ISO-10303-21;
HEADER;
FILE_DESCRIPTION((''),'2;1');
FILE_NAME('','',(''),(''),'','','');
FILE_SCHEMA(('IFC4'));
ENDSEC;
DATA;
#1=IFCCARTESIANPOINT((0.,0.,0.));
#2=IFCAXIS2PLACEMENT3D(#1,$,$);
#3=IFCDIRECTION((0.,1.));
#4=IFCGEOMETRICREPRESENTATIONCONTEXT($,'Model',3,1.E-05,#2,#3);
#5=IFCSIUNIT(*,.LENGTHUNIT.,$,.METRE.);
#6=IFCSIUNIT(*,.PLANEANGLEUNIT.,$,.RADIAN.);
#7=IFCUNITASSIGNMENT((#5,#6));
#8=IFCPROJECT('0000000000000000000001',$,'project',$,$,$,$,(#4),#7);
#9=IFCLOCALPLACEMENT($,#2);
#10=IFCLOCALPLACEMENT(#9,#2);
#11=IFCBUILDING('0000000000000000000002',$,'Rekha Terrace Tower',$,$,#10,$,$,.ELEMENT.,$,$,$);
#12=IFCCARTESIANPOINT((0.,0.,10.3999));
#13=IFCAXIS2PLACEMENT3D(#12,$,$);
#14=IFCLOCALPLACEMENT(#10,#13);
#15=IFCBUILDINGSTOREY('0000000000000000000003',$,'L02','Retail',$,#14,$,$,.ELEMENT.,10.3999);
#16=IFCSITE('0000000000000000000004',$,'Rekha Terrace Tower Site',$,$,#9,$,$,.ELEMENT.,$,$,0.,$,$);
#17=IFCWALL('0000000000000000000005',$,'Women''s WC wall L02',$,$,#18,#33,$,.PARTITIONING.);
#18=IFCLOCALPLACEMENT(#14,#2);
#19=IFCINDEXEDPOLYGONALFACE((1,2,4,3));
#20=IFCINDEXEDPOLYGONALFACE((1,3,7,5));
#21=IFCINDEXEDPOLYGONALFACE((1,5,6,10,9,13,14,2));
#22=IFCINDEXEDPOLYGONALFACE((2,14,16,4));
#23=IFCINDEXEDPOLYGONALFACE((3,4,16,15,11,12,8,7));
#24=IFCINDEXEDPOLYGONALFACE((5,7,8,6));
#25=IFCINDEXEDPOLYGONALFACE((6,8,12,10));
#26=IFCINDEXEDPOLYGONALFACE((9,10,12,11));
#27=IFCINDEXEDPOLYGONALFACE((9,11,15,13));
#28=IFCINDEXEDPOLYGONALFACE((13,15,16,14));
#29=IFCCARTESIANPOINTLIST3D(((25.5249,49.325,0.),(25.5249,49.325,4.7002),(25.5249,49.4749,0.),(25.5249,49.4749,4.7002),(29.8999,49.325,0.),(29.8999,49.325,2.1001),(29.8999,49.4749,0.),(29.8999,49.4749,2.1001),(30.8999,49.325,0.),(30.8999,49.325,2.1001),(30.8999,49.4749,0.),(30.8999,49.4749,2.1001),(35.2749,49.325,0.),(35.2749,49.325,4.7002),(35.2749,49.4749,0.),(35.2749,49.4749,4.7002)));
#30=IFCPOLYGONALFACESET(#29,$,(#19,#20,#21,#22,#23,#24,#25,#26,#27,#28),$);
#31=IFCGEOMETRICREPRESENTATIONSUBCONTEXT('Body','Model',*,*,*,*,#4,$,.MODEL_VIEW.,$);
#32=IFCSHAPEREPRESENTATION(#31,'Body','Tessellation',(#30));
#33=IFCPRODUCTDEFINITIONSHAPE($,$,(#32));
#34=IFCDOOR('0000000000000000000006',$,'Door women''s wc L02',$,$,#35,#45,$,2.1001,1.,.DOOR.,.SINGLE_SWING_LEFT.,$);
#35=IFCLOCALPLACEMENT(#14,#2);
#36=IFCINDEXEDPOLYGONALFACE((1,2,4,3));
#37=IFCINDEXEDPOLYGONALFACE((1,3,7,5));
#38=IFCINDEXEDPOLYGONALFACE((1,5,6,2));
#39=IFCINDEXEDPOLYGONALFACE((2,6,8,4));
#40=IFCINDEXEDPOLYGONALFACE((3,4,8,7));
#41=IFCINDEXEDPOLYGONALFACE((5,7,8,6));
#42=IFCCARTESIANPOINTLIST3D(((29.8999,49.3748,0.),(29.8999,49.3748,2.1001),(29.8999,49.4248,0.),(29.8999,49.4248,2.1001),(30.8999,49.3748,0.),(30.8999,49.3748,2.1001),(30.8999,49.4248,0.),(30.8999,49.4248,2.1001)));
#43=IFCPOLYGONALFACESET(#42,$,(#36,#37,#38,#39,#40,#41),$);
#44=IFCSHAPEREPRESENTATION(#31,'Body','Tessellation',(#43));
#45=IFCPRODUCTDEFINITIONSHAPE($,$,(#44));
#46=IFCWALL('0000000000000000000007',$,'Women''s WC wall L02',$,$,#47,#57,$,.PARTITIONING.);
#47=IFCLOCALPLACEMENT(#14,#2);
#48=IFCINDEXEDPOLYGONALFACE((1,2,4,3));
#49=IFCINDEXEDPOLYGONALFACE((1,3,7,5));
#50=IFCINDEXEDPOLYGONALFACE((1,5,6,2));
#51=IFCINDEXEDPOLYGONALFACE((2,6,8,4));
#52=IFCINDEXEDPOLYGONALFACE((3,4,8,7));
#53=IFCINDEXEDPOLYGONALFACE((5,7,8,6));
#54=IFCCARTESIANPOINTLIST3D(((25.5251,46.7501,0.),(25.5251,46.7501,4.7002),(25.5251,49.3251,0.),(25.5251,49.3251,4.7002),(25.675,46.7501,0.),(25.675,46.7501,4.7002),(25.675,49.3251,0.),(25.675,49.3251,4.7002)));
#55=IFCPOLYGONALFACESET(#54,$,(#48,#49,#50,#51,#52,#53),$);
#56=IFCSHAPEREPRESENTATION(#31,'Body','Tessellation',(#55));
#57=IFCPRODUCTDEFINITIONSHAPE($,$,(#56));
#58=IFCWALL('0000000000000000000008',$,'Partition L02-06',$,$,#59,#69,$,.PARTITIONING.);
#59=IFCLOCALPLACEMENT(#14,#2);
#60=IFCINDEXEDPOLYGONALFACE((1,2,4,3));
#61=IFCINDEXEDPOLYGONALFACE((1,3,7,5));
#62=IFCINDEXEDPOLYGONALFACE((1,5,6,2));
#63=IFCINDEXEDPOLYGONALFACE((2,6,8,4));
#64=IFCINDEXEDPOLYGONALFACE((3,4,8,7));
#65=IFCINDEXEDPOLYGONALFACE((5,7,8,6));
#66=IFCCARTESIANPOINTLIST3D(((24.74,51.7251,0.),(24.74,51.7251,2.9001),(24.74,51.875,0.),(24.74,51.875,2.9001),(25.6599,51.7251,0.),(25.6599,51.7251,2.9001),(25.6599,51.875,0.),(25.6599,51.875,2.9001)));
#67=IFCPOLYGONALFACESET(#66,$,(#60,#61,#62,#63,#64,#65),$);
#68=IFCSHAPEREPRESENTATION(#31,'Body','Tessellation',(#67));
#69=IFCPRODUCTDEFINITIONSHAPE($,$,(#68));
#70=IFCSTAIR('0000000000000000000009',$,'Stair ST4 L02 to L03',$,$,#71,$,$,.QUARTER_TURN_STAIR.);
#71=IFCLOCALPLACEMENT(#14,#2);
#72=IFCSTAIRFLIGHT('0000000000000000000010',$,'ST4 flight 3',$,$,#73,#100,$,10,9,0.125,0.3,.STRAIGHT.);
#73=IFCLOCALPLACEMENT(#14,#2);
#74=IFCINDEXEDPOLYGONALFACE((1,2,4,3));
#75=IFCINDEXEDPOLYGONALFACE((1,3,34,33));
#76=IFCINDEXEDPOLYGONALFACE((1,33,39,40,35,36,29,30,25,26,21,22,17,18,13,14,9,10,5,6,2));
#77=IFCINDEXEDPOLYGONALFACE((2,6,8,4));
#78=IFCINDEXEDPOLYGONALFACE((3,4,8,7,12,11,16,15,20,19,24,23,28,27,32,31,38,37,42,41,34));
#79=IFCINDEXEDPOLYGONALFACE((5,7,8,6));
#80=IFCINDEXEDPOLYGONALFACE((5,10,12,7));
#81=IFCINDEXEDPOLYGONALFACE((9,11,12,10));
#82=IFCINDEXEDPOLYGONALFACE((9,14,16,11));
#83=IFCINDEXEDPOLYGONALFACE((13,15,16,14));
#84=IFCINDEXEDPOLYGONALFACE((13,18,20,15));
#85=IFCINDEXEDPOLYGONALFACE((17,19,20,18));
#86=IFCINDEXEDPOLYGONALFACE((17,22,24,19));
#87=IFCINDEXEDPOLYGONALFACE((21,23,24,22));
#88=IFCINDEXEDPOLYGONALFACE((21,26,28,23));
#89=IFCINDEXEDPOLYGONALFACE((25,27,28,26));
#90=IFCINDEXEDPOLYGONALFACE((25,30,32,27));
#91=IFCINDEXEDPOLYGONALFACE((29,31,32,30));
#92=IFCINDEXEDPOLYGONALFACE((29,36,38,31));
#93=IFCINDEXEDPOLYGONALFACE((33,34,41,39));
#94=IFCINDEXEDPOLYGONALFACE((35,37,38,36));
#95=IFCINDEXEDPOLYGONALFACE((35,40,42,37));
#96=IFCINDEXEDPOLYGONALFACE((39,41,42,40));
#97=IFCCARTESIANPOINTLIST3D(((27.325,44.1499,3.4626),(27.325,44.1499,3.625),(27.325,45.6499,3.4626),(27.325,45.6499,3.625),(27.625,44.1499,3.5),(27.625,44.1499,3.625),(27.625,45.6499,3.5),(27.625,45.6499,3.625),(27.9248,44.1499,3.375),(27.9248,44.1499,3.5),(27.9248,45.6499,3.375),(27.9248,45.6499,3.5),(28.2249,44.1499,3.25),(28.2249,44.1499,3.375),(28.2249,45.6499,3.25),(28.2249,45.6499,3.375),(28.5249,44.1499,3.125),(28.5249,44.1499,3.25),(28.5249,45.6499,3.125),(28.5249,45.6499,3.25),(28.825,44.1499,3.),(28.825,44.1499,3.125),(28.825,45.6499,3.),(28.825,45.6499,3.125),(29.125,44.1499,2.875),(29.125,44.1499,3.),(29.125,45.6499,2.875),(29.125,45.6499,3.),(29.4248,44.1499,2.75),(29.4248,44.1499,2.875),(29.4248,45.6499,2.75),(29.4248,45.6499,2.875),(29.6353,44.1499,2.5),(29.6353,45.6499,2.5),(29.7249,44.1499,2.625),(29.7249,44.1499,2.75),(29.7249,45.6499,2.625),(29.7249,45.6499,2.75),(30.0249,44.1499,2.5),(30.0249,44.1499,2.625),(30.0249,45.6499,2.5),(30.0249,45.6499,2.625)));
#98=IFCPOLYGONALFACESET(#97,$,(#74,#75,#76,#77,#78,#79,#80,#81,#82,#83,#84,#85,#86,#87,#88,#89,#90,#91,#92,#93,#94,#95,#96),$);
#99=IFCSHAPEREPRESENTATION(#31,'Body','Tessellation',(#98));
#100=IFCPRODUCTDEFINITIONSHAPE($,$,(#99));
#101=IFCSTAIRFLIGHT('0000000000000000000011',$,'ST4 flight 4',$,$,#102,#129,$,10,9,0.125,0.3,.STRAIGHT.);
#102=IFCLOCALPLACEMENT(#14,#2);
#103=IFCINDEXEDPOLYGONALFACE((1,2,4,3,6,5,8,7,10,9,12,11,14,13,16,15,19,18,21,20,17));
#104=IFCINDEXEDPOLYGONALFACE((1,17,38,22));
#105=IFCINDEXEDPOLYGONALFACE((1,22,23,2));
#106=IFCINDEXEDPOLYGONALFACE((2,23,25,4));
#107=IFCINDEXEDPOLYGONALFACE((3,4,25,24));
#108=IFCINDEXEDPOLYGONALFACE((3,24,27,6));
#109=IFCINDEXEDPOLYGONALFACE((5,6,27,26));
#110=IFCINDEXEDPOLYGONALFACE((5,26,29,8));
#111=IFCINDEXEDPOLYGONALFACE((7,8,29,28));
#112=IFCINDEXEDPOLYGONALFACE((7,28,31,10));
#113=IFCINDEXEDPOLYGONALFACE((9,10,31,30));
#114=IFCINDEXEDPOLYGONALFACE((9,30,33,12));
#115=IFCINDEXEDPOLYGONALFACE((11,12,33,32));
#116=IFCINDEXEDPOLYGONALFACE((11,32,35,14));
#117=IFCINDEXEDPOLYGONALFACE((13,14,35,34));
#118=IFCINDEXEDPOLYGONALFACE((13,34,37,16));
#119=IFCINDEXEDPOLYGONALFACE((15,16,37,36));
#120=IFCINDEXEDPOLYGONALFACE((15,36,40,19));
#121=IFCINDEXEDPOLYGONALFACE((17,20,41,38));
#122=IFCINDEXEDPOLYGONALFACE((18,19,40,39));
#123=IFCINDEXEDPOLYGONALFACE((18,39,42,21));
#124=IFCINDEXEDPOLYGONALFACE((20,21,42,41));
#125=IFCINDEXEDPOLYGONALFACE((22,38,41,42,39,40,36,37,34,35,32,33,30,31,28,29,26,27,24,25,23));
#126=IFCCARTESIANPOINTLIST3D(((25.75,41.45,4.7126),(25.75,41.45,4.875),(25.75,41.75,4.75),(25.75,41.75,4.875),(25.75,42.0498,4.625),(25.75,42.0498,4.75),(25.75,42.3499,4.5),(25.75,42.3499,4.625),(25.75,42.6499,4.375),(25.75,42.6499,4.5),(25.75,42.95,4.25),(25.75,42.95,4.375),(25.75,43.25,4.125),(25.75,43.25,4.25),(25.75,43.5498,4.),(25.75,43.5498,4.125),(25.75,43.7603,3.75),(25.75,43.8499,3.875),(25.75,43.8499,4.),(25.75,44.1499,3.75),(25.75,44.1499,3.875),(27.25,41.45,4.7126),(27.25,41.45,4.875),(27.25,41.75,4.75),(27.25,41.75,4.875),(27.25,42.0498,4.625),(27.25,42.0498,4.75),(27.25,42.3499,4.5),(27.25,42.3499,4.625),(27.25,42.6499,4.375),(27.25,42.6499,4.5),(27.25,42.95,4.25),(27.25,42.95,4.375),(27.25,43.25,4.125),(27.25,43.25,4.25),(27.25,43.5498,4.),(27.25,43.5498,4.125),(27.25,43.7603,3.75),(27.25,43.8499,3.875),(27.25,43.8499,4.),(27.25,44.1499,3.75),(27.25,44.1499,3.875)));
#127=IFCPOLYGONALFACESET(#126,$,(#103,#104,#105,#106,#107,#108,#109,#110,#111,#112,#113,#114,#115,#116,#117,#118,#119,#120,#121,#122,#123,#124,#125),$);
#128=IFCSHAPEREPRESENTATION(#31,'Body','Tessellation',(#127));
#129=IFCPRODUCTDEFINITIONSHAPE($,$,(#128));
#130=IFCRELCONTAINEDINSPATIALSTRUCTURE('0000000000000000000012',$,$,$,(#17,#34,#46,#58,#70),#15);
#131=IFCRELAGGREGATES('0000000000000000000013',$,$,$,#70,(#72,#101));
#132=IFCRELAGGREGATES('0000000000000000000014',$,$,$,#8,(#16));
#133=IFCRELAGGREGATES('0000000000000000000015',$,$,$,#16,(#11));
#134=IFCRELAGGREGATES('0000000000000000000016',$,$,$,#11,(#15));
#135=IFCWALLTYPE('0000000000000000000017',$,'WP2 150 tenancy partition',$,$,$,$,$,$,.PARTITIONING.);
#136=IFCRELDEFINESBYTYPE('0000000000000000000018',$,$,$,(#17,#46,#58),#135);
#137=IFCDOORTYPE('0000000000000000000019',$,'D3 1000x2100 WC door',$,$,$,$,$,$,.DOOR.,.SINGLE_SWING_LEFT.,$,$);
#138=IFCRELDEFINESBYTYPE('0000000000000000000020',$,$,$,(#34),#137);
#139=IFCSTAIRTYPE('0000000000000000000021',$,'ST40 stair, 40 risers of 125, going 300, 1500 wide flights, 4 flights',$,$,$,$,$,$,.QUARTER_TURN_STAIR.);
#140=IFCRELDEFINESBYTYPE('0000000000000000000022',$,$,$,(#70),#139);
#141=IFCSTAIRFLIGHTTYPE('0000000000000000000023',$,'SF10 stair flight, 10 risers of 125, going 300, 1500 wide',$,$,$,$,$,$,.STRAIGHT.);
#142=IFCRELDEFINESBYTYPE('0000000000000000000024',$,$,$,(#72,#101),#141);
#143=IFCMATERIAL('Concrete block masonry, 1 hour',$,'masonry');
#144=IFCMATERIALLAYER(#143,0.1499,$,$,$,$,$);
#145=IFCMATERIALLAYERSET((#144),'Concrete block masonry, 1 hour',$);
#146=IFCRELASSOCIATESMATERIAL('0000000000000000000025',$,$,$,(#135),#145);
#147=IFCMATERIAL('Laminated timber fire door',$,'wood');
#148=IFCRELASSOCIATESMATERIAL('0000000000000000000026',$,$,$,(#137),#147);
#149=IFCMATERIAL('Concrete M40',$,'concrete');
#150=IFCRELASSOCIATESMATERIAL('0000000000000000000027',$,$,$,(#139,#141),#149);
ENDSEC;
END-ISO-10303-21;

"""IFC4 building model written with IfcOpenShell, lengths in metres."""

from ifc_helpers import new_model, si_unit, direction, frame, frame_2d, origin, place, context, subcontext, project, spatial, polyline, rectangle, outline, extrude, material, layer, layer_set, type_object, element, fill, aggregate, save


model = new_model("IFC4")

# Units and contexts
model_context = context("Model", 3, precision=1e-05, world=origin(), true_north=direction((0.0, 1.0)))
body_context = subcontext(model_context, "Body", "Model", "MODEL_VIEW")
ifc_project = project(units=[si_unit("LENGTHUNIT", "METRE"), si_unit("PLANEANGLEUNIT", "RADIAN")], contexts=[model_context])

# Site, building, storey
site_placement = place(None, origin())
site = spatial("IfcSite", under=ifc_project, at=site_placement, Name="Rekha Terrace Tower Site", CompositionType="ELEMENT", RefElevation=0.0)
building_placement = place(site_placement, origin())
building = spatial("IfcBuilding", under=site, at=building_placement, Name="Rekha Terrace Tower", CompositionType="ELEMENT")
storey_placement = place(building_placement, frame((0.0, 0.0, 10.3999)))
storey = spatial("IfcBuildingStorey", under=building, at=storey_placement, Name="L02", Description="Retail", CompositionType="ELEMENT", Elevation=10.3999)

# Wall, opening, door
ifc_material_1 = material(Name="Concrete block masonry, 1 hour", Category="masonry")
ifc_layer_1 = layer(ifc_material_1, 0.1499)
ifc_layer_set_1 = layer_set([ifc_layer_1], Name="Concrete block masonry, 1 hour")
wall_type_1 = type_object("IfcWallType", Name="WP2 150 tenancy partition", PredefinedType="PARTITIONING", material=ifc_layer_set_1)
wall_1_placement = place(storey_placement, frame((25.5249, 49.3999, 0.0), z_axis=(0.0, 0.0, 1.0), x_axis=(1.0, 0.0, 0.0)))
wall_1 = element("IfcWall", 1, at=wall_1_placement, inside=storey, type_object=wall_type_1, Name="Women's WC wall L02", PredefinedType="PARTITIONING", context=body_context, shape_type="SweptSolid", body=[
    extrude(rectangle(XDim=9.75, YDim=0.1499, at=frame_2d((4.875, 0.0))), origin(), (0.0, 0.0, 1.0), 4.7002),
])
opening_1_placement = place(wall_1_placement, frame((4.375, 0.0, 0.0)))
opening_1 = element("IfcOpeningElement", 2, at=opening_1_placement, cuts=wall_1, PredefinedType="OPENING", context=body_context, shape_type="SweptSolid", body=[
    extrude(rectangle(XDim=1.0, YDim=2.1001, at=frame_2d((0.5, 1.05))), frame((0.0, 0.085, 0.0), z_axis=(0.0, -1.0, 0.0), x_axis=(1.0, 0.0, 0.0)), (0.0, 0.0, 1.0), 0.1699),
])
ifc_material_2 = material(Name="Laminated timber fire door", Category="wood")
door_type_1 = type_object("IfcDoorType", Name="D3 1000x2100 WC door", OperationType="SINGLE_SWING_LEFT", PredefinedType="DOOR", material=ifc_material_2)
door_1_placement = place(opening_1_placement, origin())
door_1 = element("IfcDoor", 3, at=door_1_placement, inside=storey, type_object=door_type_1, Name="Door women's wc L02", OperationType="SINGLE_SWING_LEFT", OverallHeight=2.1001, OverallWidth=1.0, PredefinedType="DOOR", context=body_context, shape_type="SweptSolid", body=[
    extrude(rectangle(XDim=1.0, YDim=2.1001, at=frame_2d((0.5, 1.05))), frame((0.0, 0.0249, 0.0), z_axis=(0.0, -1.0, 0.0), x_axis=(1.0, 0.0, 0.0)), (0.0, 0.0, 1.0), 0.05),
])
fill(opening_1, door_1)

# Wall
wall_2_placement = place(storey_placement, frame((25.6001, 46.75, 0.0), z_axis=(0.0, 0.0, 1.0), x_axis=(0.0, 1.0, 0.0)))
element("IfcWall", 4, at=wall_2_placement, inside=storey, type_object=wall_type_1, Name="Women's WC wall L02", PredefinedType="PARTITIONING", context=body_context, shape_type="SweptSolid", body=[
    extrude(rectangle(XDim=2.575, YDim=0.1499, at=frame_2d((1.2876, 0.0))), origin(), (0.0, 0.0, 1.0), 4.7002),
])

# Wall
wall_3_placement = place(storey_placement, frame((25.6599, 51.8, 0.0), z_axis=(0.0, 0.0, 1.0), x_axis=(-1.0, 0.0, 0.0)))
element("IfcWall", 5, at=wall_3_placement, inside=storey, type_object=wall_type_1, Name="Partition L02-06", PredefinedType="PARTITIONING", context=body_context, shape_type="SweptSolid", body=[
    extrude(rectangle(XDim=0.9199, YDim=0.1499, at=frame_2d((0.46, 0.0))), origin(), (0.0, 0.0, 1.0), 2.9001),
])

# Stair, stair flights
ifc_material_3 = material(Name="Concrete M40", Category="concrete")
stair_type = type_object("IfcStairType", Name="ST40 stair, 40 risers of 125, going 300, 1500 wide flights, 4 flights", PredefinedType="QUARTER_TURN_STAIR", material=ifc_material_3)
stair_placement = place(storey_placement, origin())
stair = element("IfcStair", 6, at=stair_placement, inside=storey, type_object=stair_type, Name="Stair ST4 L02 to L03", PredefinedType="QUARTER_TURN_STAIR")
stair_flight_type = type_object("IfcStairFlightType", Name="SF10 stair flight, 10 risers of 125, going 300, 1500 wide", PredefinedType="STRAIGHT", material=ifc_material_3)
stair_flight_1_placement = place(storey_placement, frame((30.0249, 44.8999, 2.5), z_axis=(0.0, 0.0, 1.0), x_axis=(-1.0, 0.0, 0.0)))
stair_flight_1 = element("IfcStairFlight", 7, at=stair_flight_1_placement, type_object=stair_flight_type, Name="ST4 flight 3", NumberOfRisers=10, NumberOfTreads=9, PredefinedType="STRAIGHT", RiserHeight=0.125, TreadLength=0.3, context=body_context, shape_type="SweptSolid", body=[
    extrude(outline(polyline([(0.0, 0.0), (0.0, 0.125), (0.3, 0.125), (0.3, 0.25), (0.6001, 0.25), (0.6001, 0.375), (0.8999, 0.375), (0.8999, 0.5), (1.2, 0.5), (1.2, 0.625), (1.5, 0.625), (1.5, 0.75), (1.8, 0.75), (1.8, 0.875), (2.1001, 0.875), (2.1001, 1.0), (2.3999, 1.0), (2.3999, 1.125), (2.7, 1.125), (2.7, 1.25), (2.7, 0.9626), (0.3896, 0.0), (0.0, 0.0)])), frame((0.0, 0.75, 0.0), z_axis=(0.0, -1.0, 0.0), x_axis=(1.0, 0.0, 0.0)), (0.0, 0.0, 1.0), 1.5),
])
stair_flight_2_placement = place(storey_placement, frame((26.5, 44.1499, 3.75), z_axis=(0.0, 0.0, 1.0), x_axis=(0.0, -1.0, 0.0)))
stair_flight_2 = element("IfcStairFlight", 8, at=stair_flight_2_placement, type_object=stair_flight_type, Name="ST4 flight 4", NumberOfRisers=10, NumberOfTreads=9, PredefinedType="STRAIGHT", RiserHeight=0.125, TreadLength=0.3, context=body_context, shape_type="SweptSolid", body=[
    extrude(outline(polyline([(0.0, 0.0), (0.0, 0.125), (0.3, 0.125), (0.3, 0.25), (0.6001, 0.25), (0.6001, 0.375), (0.8999, 0.375), (0.8999, 0.5), (1.2, 0.5), (1.2, 0.625), (1.5, 0.625), (1.5, 0.75), (1.8, 0.75), (1.8, 0.875), (2.1001, 0.875), (2.1001, 1.0), (2.3999, 1.0), (2.3999, 1.125), (2.7, 1.125), (2.7, 1.25), (2.7, 0.9626), (0.3896, 0.0), (0.0, 0.0)])), frame((0.0, 0.75, 0.0), z_axis=(0.0, -1.0, 0.0), x_axis=(1.0, 0.0, 0.0)), (0.0, 0.0, 1.0), 1.5),
])
aggregate(stair, [stair_flight_1, stair_flight_2])

save(model, "model.ifc")
